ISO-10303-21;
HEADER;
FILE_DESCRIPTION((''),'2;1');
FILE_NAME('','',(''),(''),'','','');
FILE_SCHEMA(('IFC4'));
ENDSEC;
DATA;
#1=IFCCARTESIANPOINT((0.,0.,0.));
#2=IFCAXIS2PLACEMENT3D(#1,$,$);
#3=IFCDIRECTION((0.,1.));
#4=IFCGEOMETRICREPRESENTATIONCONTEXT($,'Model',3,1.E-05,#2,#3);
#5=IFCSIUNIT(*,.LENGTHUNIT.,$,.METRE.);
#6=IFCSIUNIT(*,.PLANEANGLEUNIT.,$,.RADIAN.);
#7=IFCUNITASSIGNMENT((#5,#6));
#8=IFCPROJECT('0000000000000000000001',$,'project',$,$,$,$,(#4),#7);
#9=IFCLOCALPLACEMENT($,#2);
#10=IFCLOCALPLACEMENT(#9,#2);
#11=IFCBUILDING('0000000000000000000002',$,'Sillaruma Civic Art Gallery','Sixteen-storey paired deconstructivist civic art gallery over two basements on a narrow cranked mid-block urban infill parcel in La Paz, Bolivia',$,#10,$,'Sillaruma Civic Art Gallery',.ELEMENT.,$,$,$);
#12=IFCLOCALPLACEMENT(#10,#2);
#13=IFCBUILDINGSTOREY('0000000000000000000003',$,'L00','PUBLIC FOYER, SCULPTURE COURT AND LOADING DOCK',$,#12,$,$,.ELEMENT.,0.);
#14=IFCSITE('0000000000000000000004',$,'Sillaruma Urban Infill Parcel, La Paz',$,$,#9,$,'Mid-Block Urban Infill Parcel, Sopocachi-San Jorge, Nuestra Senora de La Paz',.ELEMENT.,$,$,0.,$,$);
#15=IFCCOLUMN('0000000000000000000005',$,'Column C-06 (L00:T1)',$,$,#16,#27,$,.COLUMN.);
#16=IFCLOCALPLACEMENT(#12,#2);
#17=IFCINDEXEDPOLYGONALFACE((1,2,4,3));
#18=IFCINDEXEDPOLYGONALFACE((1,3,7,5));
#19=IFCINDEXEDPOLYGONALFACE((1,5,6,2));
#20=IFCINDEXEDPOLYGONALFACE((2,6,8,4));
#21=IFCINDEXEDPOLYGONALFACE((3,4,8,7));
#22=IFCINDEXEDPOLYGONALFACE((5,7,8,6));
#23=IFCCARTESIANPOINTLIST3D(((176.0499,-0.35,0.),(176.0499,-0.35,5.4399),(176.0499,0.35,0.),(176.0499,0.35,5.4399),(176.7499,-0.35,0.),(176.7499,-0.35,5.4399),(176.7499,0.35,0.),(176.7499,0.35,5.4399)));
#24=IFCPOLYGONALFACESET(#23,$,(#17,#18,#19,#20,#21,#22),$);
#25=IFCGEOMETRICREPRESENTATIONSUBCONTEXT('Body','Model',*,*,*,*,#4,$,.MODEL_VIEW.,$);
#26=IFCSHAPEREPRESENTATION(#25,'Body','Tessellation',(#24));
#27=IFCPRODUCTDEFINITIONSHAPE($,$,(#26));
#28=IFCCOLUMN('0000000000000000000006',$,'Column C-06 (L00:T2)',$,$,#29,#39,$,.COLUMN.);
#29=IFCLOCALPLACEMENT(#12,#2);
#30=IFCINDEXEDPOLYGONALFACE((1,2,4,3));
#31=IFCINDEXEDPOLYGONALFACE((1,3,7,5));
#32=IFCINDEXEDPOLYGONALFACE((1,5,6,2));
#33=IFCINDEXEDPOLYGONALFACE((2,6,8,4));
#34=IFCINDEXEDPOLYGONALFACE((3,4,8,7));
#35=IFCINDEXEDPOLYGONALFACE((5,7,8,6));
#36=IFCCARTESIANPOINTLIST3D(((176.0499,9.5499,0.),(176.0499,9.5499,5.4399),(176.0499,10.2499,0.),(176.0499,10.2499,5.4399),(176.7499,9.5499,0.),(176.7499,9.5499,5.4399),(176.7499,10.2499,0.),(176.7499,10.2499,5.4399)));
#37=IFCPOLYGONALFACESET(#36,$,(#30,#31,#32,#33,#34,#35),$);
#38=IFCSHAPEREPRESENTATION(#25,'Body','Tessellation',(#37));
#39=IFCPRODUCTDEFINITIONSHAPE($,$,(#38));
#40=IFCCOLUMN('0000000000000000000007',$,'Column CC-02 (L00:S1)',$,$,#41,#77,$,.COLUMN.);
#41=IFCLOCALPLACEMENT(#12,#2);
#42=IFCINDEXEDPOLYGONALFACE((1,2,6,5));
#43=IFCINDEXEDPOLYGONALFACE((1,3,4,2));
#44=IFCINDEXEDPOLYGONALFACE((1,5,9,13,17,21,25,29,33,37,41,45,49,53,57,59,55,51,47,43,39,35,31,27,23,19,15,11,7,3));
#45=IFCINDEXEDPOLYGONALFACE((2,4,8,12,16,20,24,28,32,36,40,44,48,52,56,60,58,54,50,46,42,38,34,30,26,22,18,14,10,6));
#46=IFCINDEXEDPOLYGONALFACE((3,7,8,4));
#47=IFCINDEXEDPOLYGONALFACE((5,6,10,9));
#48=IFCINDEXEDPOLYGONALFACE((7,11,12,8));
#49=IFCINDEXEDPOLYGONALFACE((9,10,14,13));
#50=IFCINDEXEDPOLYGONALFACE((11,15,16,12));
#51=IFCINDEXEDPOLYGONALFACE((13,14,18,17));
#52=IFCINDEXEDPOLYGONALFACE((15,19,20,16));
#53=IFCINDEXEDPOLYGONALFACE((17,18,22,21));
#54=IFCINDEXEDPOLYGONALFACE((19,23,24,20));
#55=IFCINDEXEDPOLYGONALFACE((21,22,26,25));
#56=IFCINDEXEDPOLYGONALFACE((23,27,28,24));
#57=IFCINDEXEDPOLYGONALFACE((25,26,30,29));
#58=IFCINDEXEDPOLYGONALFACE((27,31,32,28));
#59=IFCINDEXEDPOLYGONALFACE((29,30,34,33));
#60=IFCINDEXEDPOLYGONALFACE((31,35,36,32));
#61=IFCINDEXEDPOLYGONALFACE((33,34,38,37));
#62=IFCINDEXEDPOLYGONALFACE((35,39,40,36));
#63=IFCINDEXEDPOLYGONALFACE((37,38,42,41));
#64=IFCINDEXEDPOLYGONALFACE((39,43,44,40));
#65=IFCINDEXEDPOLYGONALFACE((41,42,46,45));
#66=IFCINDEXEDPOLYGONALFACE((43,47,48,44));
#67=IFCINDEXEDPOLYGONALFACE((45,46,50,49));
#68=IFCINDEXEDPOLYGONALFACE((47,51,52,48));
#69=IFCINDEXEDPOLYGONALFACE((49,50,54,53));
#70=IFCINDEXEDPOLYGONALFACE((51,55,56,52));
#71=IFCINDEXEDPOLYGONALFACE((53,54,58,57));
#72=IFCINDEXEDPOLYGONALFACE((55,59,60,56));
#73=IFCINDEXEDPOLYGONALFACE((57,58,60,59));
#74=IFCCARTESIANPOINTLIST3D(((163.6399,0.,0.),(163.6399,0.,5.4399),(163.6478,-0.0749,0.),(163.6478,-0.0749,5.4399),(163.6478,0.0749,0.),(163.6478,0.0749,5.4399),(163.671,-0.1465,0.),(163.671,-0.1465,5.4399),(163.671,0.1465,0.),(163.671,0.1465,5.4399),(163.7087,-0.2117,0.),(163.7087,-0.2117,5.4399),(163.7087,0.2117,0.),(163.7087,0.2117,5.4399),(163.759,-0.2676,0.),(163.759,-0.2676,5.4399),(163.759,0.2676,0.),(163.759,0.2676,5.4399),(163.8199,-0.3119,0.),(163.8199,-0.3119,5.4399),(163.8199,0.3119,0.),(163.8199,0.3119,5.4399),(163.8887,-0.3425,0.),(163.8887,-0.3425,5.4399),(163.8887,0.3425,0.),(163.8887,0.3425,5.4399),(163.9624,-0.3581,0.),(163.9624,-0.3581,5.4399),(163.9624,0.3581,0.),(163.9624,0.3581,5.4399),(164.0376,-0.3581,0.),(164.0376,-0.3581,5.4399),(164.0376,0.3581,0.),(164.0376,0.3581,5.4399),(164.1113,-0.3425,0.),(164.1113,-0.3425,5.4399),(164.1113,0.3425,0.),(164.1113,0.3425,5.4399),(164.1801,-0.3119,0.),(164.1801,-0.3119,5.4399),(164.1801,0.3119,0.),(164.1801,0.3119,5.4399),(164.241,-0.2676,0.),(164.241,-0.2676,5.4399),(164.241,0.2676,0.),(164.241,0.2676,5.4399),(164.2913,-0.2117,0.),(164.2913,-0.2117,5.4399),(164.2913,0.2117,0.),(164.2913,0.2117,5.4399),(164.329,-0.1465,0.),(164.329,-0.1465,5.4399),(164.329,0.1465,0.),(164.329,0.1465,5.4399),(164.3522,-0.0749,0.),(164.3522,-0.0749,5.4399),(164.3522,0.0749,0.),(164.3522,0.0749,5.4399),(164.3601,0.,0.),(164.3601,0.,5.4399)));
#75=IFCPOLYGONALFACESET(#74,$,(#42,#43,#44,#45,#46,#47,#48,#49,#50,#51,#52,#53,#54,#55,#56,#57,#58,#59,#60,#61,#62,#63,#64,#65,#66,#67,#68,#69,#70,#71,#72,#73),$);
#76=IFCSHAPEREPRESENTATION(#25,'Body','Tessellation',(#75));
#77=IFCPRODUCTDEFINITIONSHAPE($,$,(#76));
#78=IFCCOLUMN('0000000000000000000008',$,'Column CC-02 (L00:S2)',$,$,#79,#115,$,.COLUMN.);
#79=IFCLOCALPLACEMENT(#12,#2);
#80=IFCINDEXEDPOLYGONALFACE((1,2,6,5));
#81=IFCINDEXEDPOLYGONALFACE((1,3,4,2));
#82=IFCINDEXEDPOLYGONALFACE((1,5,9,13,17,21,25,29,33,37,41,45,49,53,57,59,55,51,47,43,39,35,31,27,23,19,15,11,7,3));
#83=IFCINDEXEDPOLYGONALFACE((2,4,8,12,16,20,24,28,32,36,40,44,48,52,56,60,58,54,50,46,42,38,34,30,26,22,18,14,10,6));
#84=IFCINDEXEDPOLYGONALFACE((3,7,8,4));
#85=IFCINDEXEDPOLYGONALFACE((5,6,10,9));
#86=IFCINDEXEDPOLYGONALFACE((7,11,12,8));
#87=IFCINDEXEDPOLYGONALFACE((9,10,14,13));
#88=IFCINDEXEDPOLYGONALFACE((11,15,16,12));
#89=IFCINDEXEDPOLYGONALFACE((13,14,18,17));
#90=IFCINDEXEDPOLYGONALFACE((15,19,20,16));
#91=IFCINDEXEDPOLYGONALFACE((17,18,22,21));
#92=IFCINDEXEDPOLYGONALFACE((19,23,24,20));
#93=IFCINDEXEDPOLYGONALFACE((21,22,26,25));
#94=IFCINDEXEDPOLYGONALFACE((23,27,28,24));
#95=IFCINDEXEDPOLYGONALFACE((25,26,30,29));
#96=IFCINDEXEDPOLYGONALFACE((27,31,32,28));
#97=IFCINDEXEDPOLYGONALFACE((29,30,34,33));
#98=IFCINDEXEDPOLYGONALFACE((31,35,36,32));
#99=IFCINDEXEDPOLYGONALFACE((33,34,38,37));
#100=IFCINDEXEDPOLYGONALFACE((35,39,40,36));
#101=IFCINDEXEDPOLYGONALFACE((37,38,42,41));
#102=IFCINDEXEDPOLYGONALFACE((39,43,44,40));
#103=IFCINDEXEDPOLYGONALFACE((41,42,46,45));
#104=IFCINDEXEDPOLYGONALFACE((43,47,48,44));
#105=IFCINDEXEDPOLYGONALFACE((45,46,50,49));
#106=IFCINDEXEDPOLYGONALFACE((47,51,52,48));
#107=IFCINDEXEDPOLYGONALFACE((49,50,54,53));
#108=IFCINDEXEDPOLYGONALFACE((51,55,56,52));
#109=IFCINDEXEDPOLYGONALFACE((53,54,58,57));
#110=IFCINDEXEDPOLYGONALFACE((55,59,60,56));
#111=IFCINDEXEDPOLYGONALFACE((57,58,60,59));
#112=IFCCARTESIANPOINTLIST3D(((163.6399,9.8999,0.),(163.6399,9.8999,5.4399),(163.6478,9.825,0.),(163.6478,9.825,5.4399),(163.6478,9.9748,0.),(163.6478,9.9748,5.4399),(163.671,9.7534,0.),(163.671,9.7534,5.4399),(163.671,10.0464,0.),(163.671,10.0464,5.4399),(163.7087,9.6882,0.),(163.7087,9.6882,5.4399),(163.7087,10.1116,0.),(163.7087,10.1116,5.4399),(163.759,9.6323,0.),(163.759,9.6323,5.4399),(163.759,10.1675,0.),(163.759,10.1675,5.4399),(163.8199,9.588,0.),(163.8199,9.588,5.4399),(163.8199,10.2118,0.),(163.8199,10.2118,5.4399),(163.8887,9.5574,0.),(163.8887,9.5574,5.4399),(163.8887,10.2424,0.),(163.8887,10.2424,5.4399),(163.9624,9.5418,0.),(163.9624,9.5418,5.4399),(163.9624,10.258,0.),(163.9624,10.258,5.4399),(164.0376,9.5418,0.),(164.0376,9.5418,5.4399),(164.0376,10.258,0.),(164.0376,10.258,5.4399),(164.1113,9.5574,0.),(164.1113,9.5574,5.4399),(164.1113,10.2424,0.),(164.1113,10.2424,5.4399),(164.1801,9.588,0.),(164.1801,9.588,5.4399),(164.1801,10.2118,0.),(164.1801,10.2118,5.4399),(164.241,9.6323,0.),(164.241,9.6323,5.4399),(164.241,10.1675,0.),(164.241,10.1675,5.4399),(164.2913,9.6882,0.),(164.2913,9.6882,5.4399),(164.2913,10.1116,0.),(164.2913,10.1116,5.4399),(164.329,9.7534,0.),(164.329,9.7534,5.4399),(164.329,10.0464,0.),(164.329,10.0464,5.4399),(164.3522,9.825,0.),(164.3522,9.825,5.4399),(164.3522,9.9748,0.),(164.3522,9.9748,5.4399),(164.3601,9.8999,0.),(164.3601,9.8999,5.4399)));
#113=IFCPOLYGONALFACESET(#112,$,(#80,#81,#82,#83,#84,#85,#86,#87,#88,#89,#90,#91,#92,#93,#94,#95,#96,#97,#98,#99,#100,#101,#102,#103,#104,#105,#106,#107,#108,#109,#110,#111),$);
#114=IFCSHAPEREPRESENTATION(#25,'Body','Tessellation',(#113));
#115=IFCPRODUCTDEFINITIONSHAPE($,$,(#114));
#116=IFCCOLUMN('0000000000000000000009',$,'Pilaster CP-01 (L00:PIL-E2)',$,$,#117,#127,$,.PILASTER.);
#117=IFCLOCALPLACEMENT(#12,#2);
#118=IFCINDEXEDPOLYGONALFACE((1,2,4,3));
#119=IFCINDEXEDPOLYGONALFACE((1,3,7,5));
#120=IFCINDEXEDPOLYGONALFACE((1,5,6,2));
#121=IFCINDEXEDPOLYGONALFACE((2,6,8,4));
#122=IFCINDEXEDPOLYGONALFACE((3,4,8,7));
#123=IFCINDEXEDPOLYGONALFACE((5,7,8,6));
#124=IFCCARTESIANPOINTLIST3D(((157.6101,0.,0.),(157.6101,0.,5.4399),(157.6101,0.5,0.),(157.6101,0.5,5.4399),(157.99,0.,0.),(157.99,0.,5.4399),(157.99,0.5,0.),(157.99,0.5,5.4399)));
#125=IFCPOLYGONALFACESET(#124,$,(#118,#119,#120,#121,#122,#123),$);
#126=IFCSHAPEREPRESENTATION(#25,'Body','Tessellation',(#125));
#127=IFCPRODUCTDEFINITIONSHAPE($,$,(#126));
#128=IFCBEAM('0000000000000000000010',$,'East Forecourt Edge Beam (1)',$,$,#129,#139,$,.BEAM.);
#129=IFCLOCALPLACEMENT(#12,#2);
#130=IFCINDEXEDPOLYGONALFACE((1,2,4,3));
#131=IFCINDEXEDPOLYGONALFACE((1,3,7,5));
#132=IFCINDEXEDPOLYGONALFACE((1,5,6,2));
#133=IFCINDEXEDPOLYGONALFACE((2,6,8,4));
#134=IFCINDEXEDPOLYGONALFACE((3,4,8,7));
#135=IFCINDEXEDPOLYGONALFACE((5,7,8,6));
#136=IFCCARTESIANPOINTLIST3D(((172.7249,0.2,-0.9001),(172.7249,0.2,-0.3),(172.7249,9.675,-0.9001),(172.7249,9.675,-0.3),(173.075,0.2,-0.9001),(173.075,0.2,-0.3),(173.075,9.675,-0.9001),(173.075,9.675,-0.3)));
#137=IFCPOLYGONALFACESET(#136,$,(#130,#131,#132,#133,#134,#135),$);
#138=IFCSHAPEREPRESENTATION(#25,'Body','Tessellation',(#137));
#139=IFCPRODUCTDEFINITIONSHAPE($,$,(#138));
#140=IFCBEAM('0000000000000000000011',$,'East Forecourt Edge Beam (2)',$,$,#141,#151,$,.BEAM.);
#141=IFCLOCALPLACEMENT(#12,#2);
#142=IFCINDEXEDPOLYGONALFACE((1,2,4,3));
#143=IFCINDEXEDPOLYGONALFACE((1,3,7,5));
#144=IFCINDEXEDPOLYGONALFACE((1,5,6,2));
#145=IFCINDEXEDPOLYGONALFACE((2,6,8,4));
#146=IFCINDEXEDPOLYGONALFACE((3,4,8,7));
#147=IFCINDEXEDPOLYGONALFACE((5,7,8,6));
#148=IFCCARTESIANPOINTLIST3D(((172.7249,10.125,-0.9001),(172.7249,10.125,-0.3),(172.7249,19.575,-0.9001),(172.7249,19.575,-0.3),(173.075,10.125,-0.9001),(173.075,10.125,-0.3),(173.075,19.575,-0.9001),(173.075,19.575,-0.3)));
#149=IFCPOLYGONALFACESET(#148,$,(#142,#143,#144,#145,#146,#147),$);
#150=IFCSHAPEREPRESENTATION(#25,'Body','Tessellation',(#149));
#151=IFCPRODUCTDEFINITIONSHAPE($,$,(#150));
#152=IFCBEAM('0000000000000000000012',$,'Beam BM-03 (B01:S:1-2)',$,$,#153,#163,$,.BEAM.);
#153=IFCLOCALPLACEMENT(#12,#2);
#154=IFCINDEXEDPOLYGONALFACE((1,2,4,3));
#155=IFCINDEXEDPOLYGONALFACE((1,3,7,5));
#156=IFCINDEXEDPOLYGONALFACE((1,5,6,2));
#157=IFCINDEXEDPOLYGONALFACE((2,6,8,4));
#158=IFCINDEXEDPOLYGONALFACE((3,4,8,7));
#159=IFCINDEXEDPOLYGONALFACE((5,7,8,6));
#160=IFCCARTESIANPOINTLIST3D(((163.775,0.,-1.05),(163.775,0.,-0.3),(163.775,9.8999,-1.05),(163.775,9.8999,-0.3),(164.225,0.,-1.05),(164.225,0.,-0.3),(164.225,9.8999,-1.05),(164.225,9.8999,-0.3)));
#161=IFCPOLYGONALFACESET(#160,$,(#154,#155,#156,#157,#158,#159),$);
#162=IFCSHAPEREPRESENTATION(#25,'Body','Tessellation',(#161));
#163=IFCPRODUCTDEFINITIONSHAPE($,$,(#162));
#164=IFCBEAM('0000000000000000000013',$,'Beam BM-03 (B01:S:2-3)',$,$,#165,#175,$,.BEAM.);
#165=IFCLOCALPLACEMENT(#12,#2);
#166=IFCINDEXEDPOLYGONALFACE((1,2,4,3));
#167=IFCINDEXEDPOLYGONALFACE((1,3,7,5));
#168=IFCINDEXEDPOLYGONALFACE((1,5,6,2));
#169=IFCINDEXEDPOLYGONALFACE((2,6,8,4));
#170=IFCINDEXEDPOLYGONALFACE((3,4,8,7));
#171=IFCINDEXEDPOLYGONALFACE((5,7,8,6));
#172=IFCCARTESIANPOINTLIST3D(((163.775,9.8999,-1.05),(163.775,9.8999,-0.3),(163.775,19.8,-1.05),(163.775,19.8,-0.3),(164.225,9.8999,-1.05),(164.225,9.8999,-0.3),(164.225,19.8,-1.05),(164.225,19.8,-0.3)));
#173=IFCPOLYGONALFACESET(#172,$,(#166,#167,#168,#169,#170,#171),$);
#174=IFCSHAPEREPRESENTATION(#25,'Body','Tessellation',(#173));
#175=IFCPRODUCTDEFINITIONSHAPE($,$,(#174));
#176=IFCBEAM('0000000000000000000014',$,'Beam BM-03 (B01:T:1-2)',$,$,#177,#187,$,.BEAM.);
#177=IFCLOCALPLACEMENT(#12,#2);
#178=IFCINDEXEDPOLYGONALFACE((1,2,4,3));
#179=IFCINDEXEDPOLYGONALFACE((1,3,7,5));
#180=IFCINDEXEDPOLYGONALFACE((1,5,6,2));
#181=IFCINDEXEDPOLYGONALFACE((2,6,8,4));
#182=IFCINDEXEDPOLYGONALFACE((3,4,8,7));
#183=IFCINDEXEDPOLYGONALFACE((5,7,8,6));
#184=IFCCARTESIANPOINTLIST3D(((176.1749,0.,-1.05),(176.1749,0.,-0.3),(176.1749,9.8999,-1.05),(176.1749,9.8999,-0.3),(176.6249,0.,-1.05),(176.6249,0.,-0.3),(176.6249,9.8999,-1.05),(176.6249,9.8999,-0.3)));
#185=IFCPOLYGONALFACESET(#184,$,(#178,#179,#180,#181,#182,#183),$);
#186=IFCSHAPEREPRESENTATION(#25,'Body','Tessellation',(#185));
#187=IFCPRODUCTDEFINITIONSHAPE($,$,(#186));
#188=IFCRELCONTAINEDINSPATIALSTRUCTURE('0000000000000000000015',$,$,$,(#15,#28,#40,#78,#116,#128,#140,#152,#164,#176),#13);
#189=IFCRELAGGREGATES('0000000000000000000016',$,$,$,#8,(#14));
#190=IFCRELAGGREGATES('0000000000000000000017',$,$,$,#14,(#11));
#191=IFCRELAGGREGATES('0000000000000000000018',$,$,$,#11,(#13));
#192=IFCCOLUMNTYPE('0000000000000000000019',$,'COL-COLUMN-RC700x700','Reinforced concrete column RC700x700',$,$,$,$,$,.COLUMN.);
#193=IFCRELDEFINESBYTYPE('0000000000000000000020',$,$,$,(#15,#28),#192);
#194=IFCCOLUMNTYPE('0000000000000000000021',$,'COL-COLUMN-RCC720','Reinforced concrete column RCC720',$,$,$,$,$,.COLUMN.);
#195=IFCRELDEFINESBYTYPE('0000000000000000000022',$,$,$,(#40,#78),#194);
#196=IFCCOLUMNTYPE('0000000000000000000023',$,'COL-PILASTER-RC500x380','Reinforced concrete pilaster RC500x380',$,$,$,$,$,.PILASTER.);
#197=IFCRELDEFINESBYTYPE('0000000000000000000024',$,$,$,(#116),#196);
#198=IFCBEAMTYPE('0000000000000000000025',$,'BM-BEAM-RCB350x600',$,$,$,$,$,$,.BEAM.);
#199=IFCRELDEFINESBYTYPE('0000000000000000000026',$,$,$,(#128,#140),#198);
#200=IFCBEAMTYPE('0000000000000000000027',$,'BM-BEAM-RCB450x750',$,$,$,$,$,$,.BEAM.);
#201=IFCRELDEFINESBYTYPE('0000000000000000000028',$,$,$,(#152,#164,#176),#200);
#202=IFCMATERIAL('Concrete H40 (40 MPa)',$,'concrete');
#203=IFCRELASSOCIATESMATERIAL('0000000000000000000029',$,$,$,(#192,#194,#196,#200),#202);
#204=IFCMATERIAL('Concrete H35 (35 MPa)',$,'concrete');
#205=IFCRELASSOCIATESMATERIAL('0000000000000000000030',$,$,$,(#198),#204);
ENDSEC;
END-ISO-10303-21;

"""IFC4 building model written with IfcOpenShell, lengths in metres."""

from ifc_helpers import new_model, si_unit, direction, frame, origin, origin_2d, place, context, subcontext, project, spatial, rectangle, circle, extrude, material, material_profile, profile_set, type_object, element, save


model = new_model("IFC4")

# Units and contexts
model_context = context("Model", 3, precision=1e-05, world=origin(), true_north=direction((0.0, 1.0)))
body_context = subcontext(model_context, "Body", "Model", "MODEL_VIEW")
ifc_project = project(units=[si_unit("LENGTHUNIT", "METRE"), si_unit("PLANEANGLEUNIT", "RADIAN")], contexts=[model_context])

# Site, building, storey
site_placement = place(None, origin())
site = spatial("IfcSite", under=ifc_project, at=site_placement, Name="Sillaruma Urban Infill Parcel, La Paz", LongName="Mid-Block Urban Infill Parcel, Sopocachi-San Jorge, Nuestra Senora de La Paz", CompositionType="ELEMENT", RefElevation=0.0)
building_placement = place(site_placement, origin())
building = spatial("IfcBuilding", under=site, at=building_placement, Name="Sillaruma Civic Art Gallery", Description="Sixteen-storey paired deconstructivist civic art gallery over two basements on a narrow cranked mid-block urban infill parcel in La Paz, Bolivia", LongName="Sillaruma Civic Art Gallery", CompositionType="ELEMENT")
storey_placement = place(building_placement, origin())
storey = spatial("IfcBuildingStorey", under=building, at=storey_placement, Name="L00", Description="PUBLIC FOYER, SCULPTURE COURT AND LOADING DOCK", CompositionType="ELEMENT", Elevation=0.0)

# Columns
ifc_material_1 = material(Name="Concrete H40 (40 MPa)", Category="concrete")
ifc_material_profile_1 = material_profile(ifc_material_1, rectangle(XDim=0.7, YDim=0.7, at=origin_2d()), Name="RC700x700")
ifc_profile_set_1 = profile_set([ifc_material_profile_1], Name="Concrete H40 (40 MPa)")
column_type_1 = type_object("IfcColumnType", Name="COL-COLUMN-RC700x700", Description="Reinforced concrete column RC700x700", PredefinedType="COLUMN", material=ifc_profile_set_1)
for number, where, z_axis, x_axis, name in (
    (1, (176.3999, 0.0, 0.0), (0.0, 0.0, 1.0), (1.0, 0.0, 0.0), "Column C-06 (L00:T1)"),
    (2, (176.3999, 9.8999, 0.0), (0.0, 0.0, 1.0), (1.0, 0.0, 0.0), "Column C-06 (L00:T2)"),
):
    element("IfcColumn", number, at=place(storey_placement, frame(where, z_axis=z_axis, x_axis=x_axis)), inside=storey, type_object=column_type_1, Name=name, PredefinedType="COLUMN", context=body_context, shape_type="SweptSolid", body=[
        extrude(rectangle(XDim=0.7, YDim=0.7, at=origin_2d()), origin(), (0.0, 0.0, 1.0), 5.4399),
    ])
ifc_material_profile_2 = material_profile(ifc_material_1, circle(Radius=0.3601, at=origin_2d()), Name="RCC720")
ifc_profile_set_2 = profile_set([ifc_material_profile_2], Name="Concrete H40 (40 MPa)")
column_type_2 = type_object("IfcColumnType", Name="COL-COLUMN-RCC720", Description="Reinforced concrete column RCC720", PredefinedType="COLUMN", material=ifc_profile_set_2)
for number, where, z_axis, x_axis, name in (
    (3, (164.0, 0.0, 0.0), (0.0, 0.0, 1.0), (1.0, 0.0, 0.0), "Column CC-02 (L00:S1)"),
    (4, (164.0, 9.8999, 0.0), (0.0, 0.0, 1.0), (1.0, 0.0, 0.0), "Column CC-02 (L00:S2)"),
):
    element("IfcColumn", number, at=place(storey_placement, frame(where, z_axis=z_axis, x_axis=x_axis)), inside=storey, type_object=column_type_2, Name=name, PredefinedType="COLUMN", context=body_context, shape_type="SweptSolid", body=[
        extrude(circle(Radius=0.3601, at=origin_2d()), origin(), (0.0, 0.0, 1.0), 5.4399),
    ])
ifc_material_profile_3 = material_profile(ifc_material_1, rectangle(XDim=0.3799, YDim=0.5, at=origin_2d()), Name="RC500x380")
ifc_profile_set_3 = profile_set([ifc_material_profile_3], Name="Concrete H40 (40 MPa)")
column_type_3 = type_object("IfcColumnType", Name="COL-PILASTER-RC500x380", Description="Reinforced concrete pilaster RC500x380", PredefinedType="PILASTER", material=ifc_profile_set_3)
column_placement = place(storey_placement, frame((157.8, 0.25, 0.0), z_axis=(0.0, 0.0, 1.0), x_axis=(1.0, 0.0, 0.0)))
element("IfcColumn", 5, at=column_placement, inside=storey, type_object=column_type_3, Name="Pilaster CP-01 (L00:PIL-E2)", PredefinedType="PILASTER", context=body_context, shape_type="SweptSolid", body=[
    extrude(rectangle(XDim=0.3799, YDim=0.5, at=origin_2d()), origin(), (0.0, 0.0, 1.0), 5.4399),
])

# Beams
ifc_material_2 = material(Name="Concrete H35 (35 MPa)", Category="concrete")
ifc_material_profile_4 = material_profile(ifc_material_2, rectangle(XDim=0.3501, YDim=0.6001, at=origin_2d()), Name="RCB350x600")
ifc_profile_set_4 = profile_set([ifc_material_profile_4], Name="Concrete H35 (35 MPa)")
beam_type_1 = type_object("IfcBeamType", Name="BM-BEAM-RCB350x600", PredefinedType="BEAM", material=ifc_profile_set_4)
beam_1_placement = place(storey_placement, frame((172.8999, 0.2, -0.6001), z_axis=(0.0, 1.0, 0.0), x_axis=(-1.0, 0.0, 0.0)))
element("IfcBeam", 6, at=beam_1_placement, inside=storey, type_object=beam_type_1, Name="East Forecourt Edge Beam (1)", PredefinedType="BEAM", context=body_context, shape_type="SweptSolid", body=[
    extrude(rectangle(XDim=0.3501, YDim=0.6001, at=origin_2d()), origin(), (0.0, 0.0, 1.0), 9.4751),
])
beam_2_placement = place(storey_placement, frame((172.8999, 10.125, -0.6001), z_axis=(0.0, 1.0, 0.0), x_axis=(-1.0, 0.0, 0.0)))
element("IfcBeam", 7, at=beam_2_placement, inside=storey, type_object=beam_type_1, Name="East Forecourt Edge Beam (2)", PredefinedType="BEAM", context=body_context, shape_type="SweptSolid", body=[
    extrude(rectangle(XDim=0.3501, YDim=0.6001, at=origin_2d()), origin(), (0.0, 0.0, 1.0), 9.45),
])
ifc_material_profile_5 = material_profile(ifc_material_1, rectangle(XDim=0.45, YDim=0.75, at=origin_2d()), Name="RCB450x750")
ifc_profile_set_5 = profile_set([ifc_material_profile_5], Name="Concrete H40 (40 MPa)")
beam_type_2 = type_object("IfcBeamType", Name="BM-BEAM-RCB450x750", PredefinedType="BEAM", material=ifc_profile_set_5)
beam_3_placement = place(storey_placement, frame((164.0, 0.0, -0.675), z_axis=(0.0, 1.0, 0.0), x_axis=(-1.0, 0.0, 0.0)))
element("IfcBeam", 8, at=beam_3_placement, inside=storey, type_object=beam_type_2, Name="Beam BM-03 (B01:S:1-2)", PredefinedType="BEAM", context=body_context, shape_type="SweptSolid", body=[
    extrude(rectangle(XDim=0.45, YDim=0.75, at=origin_2d()), origin(), (0.0, 0.0, 1.0), 9.8999),
])
beam_4_placement = place(storey_placement, frame((164.0, 9.8999, -0.675), z_axis=(0.0, 1.0, 0.0), x_axis=(-1.0, 0.0, 0.0)))
element("IfcBeam", 9, at=beam_4_placement, inside=storey, type_object=beam_type_2, Name="Beam BM-03 (B01:S:2-3)", PredefinedType="BEAM", context=body_context, shape_type="SweptSolid", body=[
    extrude(rectangle(XDim=0.45, YDim=0.75, at=origin_2d()), origin(), (0.0, 0.0, 1.0), 9.9001),
])
beam_5_placement = place(storey_placement, frame((176.3999, 0.0, -0.675), z_axis=(0.0, 1.0, 0.0), x_axis=(-1.0, 0.0, 0.0)))
element("IfcBeam", 10, at=beam_5_placement, inside=storey, type_object=beam_type_2, Name="Beam BM-03 (B01:T:1-2)", PredefinedType="BEAM", context=body_context, shape_type="SweptSolid", body=[
    extrude(rectangle(XDim=0.45, YDim=0.75, at=origin_2d()), origin(), (0.0, 0.0, 1.0), 9.8999),
])

save(model, "model.ifc")
